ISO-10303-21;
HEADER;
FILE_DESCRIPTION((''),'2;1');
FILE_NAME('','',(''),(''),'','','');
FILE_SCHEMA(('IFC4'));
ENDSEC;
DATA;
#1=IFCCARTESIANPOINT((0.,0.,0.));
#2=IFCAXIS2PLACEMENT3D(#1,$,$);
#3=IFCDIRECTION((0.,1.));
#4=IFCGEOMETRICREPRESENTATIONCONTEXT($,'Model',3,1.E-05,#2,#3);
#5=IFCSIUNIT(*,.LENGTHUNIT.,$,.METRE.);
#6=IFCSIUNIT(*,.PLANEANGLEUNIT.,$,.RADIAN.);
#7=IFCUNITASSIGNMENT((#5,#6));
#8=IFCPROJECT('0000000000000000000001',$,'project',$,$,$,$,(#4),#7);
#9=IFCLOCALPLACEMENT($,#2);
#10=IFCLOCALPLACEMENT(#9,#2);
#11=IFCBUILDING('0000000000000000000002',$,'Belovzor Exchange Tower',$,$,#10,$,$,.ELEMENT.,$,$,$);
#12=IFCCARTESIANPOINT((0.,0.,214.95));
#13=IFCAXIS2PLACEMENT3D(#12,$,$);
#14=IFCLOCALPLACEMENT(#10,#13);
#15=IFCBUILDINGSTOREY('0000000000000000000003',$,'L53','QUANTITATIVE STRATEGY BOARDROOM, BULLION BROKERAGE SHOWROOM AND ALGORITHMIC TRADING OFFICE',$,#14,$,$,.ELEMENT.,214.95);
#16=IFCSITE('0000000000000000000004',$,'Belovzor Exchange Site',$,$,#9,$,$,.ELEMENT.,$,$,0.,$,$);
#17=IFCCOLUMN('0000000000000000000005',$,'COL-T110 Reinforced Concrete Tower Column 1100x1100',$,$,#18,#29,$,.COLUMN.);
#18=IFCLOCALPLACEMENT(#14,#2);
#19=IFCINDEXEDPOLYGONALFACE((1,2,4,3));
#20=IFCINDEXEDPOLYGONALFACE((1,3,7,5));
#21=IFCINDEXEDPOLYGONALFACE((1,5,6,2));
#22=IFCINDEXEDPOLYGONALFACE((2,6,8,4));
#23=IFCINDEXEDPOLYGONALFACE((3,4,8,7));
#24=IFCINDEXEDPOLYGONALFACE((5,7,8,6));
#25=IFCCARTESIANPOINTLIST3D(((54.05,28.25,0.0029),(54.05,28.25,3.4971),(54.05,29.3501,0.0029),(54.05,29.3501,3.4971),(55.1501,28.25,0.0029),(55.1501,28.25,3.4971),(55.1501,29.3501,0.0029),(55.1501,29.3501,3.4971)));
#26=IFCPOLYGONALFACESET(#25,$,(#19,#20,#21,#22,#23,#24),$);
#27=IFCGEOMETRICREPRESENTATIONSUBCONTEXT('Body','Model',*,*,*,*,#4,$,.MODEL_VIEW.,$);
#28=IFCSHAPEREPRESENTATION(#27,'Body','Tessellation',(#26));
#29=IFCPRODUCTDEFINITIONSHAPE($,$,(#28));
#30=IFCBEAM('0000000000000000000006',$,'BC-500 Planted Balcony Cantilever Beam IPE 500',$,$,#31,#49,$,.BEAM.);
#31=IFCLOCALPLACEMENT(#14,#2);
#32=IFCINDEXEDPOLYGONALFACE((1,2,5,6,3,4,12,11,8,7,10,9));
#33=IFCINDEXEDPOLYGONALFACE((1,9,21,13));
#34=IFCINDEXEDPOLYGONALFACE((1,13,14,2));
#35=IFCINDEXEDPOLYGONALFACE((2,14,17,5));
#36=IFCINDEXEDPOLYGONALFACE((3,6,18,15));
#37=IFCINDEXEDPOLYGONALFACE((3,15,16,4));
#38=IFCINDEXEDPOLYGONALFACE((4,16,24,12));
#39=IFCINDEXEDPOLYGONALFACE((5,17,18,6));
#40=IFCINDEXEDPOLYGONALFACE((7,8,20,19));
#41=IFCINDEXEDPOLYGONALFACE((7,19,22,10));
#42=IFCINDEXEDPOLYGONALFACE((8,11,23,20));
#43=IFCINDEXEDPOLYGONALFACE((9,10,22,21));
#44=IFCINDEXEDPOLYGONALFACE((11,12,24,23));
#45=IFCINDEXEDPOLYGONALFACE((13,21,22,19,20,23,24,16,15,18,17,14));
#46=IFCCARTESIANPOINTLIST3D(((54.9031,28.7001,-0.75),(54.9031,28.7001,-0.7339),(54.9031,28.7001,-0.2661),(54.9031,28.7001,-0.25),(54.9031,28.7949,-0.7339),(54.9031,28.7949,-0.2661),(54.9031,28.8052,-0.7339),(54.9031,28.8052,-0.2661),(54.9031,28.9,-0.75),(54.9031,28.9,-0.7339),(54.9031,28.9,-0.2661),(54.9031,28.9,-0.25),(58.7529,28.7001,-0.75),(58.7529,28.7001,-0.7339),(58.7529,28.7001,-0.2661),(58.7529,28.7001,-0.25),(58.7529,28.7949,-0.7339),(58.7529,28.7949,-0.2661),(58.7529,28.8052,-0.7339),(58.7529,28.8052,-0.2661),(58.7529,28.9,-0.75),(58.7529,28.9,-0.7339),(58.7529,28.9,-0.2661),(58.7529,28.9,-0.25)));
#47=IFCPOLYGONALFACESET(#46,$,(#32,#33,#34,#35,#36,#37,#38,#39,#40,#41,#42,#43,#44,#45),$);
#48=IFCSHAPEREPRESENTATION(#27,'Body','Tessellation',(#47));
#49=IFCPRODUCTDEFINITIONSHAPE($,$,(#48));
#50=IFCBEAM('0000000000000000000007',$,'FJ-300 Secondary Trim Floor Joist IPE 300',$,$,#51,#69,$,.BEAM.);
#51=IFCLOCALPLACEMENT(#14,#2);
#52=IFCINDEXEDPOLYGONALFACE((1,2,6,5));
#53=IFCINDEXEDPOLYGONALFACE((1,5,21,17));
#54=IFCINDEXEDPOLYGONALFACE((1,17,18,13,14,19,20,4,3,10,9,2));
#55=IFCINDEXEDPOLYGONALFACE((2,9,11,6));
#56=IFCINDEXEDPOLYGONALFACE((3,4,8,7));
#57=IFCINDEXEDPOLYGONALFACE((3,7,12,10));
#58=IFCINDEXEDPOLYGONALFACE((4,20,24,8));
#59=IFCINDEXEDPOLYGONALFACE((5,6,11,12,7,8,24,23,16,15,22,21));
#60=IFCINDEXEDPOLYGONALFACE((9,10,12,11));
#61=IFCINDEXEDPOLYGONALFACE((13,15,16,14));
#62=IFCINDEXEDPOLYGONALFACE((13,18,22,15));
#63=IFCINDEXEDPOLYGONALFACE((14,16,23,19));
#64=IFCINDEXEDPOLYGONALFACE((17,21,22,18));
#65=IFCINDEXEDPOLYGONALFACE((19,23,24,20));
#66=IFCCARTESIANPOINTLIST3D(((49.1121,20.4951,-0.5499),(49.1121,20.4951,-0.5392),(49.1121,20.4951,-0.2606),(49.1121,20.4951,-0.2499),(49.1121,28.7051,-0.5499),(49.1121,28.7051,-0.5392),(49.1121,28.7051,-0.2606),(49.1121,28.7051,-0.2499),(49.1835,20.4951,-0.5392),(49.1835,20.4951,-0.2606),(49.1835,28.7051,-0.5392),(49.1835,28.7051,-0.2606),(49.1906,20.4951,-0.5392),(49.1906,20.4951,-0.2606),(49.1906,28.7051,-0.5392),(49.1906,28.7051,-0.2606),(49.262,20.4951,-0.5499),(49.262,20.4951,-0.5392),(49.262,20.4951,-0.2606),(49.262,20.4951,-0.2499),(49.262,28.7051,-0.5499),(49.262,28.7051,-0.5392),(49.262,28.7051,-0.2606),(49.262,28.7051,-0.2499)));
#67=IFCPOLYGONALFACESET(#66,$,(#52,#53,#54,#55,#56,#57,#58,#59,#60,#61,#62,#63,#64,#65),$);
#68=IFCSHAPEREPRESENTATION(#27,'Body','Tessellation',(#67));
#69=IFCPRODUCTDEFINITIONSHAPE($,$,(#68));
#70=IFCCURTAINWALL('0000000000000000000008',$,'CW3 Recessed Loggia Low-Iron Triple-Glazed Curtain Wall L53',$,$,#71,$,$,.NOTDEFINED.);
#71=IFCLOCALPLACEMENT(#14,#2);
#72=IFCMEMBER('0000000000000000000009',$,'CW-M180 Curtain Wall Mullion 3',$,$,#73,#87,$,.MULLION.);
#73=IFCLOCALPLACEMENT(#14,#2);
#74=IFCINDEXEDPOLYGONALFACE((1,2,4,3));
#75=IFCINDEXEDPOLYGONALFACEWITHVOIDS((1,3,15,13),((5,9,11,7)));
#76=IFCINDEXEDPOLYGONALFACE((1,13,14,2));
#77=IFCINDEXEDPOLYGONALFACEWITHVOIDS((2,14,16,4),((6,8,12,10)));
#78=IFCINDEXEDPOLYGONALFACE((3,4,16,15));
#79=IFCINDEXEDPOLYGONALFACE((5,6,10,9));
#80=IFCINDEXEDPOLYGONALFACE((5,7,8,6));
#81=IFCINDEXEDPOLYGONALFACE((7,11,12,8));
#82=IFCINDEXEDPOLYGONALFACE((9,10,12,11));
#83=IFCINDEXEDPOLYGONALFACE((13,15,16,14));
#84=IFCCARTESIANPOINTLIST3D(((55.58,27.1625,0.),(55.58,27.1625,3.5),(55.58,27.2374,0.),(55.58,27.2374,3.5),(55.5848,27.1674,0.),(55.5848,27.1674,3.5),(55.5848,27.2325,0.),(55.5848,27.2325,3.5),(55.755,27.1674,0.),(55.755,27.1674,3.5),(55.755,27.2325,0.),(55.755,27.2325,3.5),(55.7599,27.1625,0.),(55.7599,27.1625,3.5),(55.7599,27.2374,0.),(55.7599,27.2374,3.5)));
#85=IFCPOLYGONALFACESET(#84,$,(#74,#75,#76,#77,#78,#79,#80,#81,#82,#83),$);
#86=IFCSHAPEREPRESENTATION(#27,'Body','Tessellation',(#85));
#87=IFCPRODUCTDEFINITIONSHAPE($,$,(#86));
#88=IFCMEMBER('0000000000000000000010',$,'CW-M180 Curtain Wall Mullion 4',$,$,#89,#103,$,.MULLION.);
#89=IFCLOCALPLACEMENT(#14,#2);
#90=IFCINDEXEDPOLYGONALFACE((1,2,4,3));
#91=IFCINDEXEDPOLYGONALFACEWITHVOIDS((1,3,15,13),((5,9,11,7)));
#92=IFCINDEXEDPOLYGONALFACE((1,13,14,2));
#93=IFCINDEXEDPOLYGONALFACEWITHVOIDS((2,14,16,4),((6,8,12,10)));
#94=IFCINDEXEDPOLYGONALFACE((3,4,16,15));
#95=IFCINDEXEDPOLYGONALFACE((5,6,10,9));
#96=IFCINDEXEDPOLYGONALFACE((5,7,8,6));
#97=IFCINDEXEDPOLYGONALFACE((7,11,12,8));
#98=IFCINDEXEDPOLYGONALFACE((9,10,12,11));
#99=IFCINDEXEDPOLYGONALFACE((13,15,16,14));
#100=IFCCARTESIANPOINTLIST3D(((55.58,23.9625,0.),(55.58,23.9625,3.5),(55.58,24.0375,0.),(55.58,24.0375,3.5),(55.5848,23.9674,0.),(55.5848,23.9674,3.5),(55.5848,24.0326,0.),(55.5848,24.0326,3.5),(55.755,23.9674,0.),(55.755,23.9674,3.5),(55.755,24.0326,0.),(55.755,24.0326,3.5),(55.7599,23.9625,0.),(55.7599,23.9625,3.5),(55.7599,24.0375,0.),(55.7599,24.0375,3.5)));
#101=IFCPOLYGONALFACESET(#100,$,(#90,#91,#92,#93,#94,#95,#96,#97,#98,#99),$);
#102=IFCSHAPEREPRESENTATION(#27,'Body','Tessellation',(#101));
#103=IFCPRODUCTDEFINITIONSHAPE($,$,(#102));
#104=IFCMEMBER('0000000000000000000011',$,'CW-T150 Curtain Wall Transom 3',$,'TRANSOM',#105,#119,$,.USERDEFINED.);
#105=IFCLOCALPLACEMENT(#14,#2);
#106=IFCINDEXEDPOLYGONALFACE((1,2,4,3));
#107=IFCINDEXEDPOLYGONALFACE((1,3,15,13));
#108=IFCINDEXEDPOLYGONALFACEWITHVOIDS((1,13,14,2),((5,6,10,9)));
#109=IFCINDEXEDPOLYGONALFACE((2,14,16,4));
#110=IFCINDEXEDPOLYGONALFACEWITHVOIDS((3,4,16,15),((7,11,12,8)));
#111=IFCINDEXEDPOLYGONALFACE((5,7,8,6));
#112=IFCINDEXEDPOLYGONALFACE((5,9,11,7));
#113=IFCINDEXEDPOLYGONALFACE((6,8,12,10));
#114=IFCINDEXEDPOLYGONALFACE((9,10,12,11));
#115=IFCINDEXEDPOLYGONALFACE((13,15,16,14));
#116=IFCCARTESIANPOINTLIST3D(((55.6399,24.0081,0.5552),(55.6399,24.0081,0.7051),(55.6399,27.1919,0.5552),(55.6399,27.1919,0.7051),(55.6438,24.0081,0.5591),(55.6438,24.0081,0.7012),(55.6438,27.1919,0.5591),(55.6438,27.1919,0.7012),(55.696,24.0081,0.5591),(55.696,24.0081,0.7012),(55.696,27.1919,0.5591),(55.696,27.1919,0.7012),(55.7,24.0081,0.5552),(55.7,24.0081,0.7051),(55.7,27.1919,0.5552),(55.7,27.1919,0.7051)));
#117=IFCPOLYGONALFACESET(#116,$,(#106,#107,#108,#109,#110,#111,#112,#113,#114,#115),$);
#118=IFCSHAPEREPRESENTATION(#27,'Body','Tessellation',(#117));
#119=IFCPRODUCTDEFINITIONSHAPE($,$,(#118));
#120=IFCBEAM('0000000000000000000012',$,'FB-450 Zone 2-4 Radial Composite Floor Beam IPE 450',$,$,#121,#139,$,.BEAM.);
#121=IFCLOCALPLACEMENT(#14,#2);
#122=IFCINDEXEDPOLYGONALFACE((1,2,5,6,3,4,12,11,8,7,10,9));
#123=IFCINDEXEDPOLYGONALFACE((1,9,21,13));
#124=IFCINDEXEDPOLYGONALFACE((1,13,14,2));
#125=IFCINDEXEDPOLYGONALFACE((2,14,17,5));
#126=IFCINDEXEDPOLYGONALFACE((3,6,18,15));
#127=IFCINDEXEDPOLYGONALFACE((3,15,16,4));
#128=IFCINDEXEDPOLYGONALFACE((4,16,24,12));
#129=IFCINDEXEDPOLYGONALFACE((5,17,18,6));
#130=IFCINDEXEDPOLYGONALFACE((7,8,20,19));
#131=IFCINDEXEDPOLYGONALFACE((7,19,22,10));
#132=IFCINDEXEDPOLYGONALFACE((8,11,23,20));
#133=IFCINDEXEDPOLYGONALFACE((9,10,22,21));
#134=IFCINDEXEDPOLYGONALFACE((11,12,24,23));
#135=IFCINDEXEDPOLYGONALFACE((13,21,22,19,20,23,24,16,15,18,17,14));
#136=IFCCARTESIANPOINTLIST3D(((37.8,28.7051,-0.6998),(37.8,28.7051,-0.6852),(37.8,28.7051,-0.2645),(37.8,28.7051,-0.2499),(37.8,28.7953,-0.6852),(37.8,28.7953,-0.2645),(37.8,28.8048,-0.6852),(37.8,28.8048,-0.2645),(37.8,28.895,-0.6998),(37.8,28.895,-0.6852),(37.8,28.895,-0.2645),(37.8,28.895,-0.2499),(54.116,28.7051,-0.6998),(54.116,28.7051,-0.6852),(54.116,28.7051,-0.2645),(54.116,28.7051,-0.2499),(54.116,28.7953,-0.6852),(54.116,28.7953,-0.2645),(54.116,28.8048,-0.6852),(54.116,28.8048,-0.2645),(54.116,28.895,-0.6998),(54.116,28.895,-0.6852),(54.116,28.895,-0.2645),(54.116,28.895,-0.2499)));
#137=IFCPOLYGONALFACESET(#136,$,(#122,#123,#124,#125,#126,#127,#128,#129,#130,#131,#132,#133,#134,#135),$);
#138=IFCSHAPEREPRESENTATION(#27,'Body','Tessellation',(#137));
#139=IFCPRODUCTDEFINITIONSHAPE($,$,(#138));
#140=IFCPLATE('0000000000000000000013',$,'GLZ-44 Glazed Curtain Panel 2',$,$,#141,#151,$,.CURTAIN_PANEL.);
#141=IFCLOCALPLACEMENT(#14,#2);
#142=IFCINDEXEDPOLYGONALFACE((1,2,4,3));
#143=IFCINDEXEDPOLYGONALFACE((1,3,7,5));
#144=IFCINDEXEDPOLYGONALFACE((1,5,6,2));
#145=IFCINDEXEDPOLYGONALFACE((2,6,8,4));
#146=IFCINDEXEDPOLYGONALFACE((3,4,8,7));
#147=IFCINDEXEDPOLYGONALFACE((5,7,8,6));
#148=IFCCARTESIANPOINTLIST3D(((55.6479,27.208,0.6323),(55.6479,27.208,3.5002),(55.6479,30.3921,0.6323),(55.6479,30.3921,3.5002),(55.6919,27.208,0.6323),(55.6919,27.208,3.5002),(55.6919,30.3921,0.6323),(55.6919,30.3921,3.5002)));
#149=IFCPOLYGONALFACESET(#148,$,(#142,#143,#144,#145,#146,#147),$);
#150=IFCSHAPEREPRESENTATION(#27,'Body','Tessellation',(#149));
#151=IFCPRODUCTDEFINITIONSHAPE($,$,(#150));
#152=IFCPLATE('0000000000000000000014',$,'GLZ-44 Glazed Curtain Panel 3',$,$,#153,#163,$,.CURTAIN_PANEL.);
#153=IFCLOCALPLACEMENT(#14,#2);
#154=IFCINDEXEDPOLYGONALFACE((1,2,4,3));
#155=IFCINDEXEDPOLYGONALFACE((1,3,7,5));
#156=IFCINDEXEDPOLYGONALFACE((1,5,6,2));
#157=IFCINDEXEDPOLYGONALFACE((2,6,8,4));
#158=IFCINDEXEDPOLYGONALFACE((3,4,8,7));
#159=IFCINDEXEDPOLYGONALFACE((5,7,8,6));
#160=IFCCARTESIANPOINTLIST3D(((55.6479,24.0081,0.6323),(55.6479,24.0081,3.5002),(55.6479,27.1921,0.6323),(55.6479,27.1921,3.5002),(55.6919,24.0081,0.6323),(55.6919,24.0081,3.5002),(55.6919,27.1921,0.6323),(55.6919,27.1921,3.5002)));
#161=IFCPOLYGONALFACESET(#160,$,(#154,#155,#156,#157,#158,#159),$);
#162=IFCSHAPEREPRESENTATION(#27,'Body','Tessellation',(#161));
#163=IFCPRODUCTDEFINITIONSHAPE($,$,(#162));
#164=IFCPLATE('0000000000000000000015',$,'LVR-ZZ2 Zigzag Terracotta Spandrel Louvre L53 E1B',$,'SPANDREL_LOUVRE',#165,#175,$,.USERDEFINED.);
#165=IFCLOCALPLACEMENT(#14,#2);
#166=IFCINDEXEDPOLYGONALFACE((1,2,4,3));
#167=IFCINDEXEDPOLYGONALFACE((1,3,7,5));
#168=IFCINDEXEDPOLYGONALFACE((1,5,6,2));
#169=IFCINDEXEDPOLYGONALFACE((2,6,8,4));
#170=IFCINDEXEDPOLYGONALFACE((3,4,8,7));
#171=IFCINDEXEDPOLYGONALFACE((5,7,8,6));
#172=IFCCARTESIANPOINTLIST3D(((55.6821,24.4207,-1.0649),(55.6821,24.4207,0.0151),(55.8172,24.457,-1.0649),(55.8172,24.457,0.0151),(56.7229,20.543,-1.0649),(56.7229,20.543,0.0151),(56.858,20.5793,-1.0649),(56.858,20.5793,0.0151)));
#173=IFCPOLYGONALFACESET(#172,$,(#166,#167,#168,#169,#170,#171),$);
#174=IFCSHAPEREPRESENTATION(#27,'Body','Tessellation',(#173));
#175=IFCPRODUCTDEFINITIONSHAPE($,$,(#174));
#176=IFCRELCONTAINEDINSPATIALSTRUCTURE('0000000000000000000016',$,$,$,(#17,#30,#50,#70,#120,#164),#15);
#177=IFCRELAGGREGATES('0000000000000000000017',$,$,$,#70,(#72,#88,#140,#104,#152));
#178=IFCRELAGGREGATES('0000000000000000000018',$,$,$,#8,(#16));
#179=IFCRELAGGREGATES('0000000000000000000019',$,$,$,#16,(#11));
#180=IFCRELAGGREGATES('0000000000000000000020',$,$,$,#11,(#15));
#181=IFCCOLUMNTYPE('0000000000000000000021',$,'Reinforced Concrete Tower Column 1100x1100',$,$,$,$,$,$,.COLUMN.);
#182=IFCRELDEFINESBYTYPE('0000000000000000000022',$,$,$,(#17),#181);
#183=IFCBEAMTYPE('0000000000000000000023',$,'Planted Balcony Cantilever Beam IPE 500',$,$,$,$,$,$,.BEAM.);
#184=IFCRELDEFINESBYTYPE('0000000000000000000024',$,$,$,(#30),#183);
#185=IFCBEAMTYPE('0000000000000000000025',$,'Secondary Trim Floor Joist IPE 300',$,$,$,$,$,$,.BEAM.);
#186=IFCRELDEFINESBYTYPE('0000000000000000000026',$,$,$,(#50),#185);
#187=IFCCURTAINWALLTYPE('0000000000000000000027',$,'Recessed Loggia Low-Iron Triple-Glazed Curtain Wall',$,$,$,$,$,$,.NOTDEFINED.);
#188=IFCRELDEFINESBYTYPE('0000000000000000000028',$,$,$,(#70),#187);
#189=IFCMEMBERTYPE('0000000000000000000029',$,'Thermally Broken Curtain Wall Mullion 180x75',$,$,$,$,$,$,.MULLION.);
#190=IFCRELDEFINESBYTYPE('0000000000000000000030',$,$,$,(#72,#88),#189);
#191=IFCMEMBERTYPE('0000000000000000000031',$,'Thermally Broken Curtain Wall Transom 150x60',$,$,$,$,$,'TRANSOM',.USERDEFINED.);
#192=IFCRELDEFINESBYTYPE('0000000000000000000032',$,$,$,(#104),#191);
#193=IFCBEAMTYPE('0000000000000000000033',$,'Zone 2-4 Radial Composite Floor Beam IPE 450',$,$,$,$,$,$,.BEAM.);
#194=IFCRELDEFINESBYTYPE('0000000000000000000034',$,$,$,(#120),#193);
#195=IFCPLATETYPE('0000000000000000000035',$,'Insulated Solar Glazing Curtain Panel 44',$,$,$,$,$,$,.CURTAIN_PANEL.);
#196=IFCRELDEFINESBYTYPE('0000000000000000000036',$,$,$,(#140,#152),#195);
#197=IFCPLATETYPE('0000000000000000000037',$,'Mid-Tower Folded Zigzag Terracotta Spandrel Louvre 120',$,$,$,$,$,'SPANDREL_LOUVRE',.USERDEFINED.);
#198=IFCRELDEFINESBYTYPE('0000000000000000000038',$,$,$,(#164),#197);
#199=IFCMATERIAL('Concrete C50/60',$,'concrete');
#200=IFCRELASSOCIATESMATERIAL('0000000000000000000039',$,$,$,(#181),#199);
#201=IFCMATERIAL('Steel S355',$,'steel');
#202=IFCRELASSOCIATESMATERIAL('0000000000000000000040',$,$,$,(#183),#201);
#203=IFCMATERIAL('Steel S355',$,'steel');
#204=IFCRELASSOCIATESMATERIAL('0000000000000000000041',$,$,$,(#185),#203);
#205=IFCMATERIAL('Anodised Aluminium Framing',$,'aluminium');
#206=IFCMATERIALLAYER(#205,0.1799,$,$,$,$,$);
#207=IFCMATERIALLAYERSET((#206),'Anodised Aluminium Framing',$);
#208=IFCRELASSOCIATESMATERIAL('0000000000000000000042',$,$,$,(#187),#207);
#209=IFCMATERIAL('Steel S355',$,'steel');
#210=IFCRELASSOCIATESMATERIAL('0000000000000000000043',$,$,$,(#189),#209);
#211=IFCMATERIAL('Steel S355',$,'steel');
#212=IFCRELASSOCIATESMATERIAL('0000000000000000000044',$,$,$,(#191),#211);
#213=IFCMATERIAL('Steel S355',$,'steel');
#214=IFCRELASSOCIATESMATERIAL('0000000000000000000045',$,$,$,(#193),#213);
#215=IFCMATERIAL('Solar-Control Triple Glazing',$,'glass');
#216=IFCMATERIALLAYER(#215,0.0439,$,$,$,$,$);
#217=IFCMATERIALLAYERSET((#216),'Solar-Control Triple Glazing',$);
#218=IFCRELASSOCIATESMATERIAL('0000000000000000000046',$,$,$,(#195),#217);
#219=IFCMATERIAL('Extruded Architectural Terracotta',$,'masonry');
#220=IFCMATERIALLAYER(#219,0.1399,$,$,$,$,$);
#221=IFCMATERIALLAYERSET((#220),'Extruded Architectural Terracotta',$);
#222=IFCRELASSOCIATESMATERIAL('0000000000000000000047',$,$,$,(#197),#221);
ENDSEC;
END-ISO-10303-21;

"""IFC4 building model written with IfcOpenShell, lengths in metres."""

from ifc_helpers import new_model, si_unit, direction, frame, origin, origin_2d, place, context, subcontext, project, spatial, rectangle, hollow_rectangle, i_section, extrude, material, layer, layer_set, material_profile, profile_set, type_object, element, aggregate, save


model = new_model("IFC4")

# Units and contexts
model_context = context("Model", 3, precision=1e-05, world=origin(), true_north=direction((0.0, 1.0)))
body_context = subcontext(model_context, "Body", "Model", "MODEL_VIEW")
ifc_project = project(units=[si_unit("LENGTHUNIT", "METRE"), si_unit("PLANEANGLEUNIT", "RADIAN")], contexts=[model_context])

# Site, building, storey
site_placement = place(None, origin())
site = spatial("IfcSite", under=ifc_project, at=site_placement, Name="Belovzor Exchange Site", CompositionType="ELEMENT", RefElevation=0.0)
building_placement = place(site_placement, origin())
building = spatial("IfcBuilding", under=site, at=building_placement, Name="Belovzor Exchange Tower", CompositionType="ELEMENT")
storey_placement = place(building_placement, frame((0.0, 0.0, 214.95)))
storey = spatial("IfcBuildingStorey", under=building, at=storey_placement, Name="L53", Description="QUANTITATIVE STRATEGY BOARDROOM, BULLION BROKERAGE SHOWROOM AND ALGORITHMIC TRADING OFFICE", CompositionType="ELEMENT", Elevation=214.95)

# Column
ifc_material_1 = material(Name="Concrete C50/60", Category="concrete")
ifc_material_profile_1 = material_profile(ifc_material_1, rectangle(XDim=1.1001, YDim=1.1001, at=origin_2d()))
ifc_profile_set_1 = profile_set([ifc_material_profile_1], Name="Concrete C50/60")
column_type = type_object("IfcColumnType", Name="Reinforced Concrete Tower Column 1100x1100", PredefinedType="COLUMN", material=ifc_profile_set_1)
column_placement = place(storey_placement, frame((54.6001, 28.8, 0.0029), z_axis=(0.0, 0.0, 1.0), x_axis=(1.0, 0.0, 0.0)))
element("IfcColumn", 1, at=column_placement, inside=storey, type_object=column_type, Name="COL-T110 Reinforced Concrete Tower Column 1100x1100", PredefinedType="COLUMN", context=body_context, shape_type="SweptSolid", body=[
    extrude(rectangle(XDim=1.1001, YDim=1.1001, at=origin_2d()), origin(), (0.0, 0.0, 1.0), 3.4941),
])

# Beams
ifc_material_2 = material(Name="Steel S355", Category="steel")
ifc_material_profile_2 = material_profile(ifc_material_2, i_section(OverallWidth=0.2, OverallDepth=0.5, WebThickness=0.0103, FlangeThickness=0.0161, at=origin_2d()))
ifc_profile_set_2 = profile_set([ifc_material_profile_2], Name="Steel S355")
beam_type_1 = type_object("IfcBeamType", Name="Planted Balcony Cantilever Beam IPE 500", PredefinedType="BEAM", material=ifc_profile_set_2)
beam_1_placement = place(storey_placement, frame((54.9031, 28.8, -0.5), z_axis=(1.0, 0.0, 0.0), x_axis=(0.0, 1.0, 0.0)))
element("IfcBeam", 2, at=beam_1_placement, inside=storey, type_object=beam_type_1, Name="BC-500 Planted Balcony Cantilever Beam IPE 500", PredefinedType="BEAM", context=body_context, shape_type="SweptSolid", body=[
    extrude(i_section(OverallWidth=0.2, OverallDepth=0.5, WebThickness=0.0103, FlangeThickness=0.0161, at=origin_2d()), origin(), (0.0, 0.0, 1.0), 3.8499),
])
ifc_material_3 = material(Name="Steel S355", Category="steel")
ifc_material_profile_3 = material_profile(ifc_material_3, i_section(OverallWidth=0.1499, OverallDepth=0.3, WebThickness=0.0071, FlangeThickness=0.0107, at=origin_2d()))
ifc_profile_set_3 = profile_set([ifc_material_profile_3], Name="Steel S355")
beam_type_2 = type_object("IfcBeamType", Name="Secondary Trim Floor Joist IPE 300", PredefinedType="BEAM", material=ifc_profile_set_3)
beam_2_placement = place(storey_placement, frame((49.187, 20.4951, -0.3999), z_axis=(0.0, 1.0, 0.0), x_axis=(-1.0, 0.0, 0.0)))
element("IfcBeam", 3, at=beam_2_placement, inside=storey, type_object=beam_type_2, Name="FJ-300 Secondary Trim Floor Joist IPE 300", PredefinedType="BEAM", context=body_context, shape_type="SweptSolid", body=[
    extrude(i_section(OverallWidth=0.1499, OverallDepth=0.3, WebThickness=0.0071, FlangeThickness=0.0107, at=origin_2d()), origin(), (0.0, 0.0, 1.0), 8.21),
])

# Curtain wall, members
ifc_material_4 = material(Name="Anodised Aluminium Framing", Category="aluminium")
ifc_layer_1 = layer(ifc_material_4, 0.1799)
ifc_layer_set_1 = layer_set([ifc_layer_1], Name="Anodised Aluminium Framing")
curtain_wall_type = type_object("IfcCurtainWallType", Name="Recessed Loggia Low-Iron Triple-Glazed Curtain Wall", PredefinedType="NOTDEFINED", material=ifc_layer_set_1)
curtain_wall_placement = place(storey_placement, origin())
curtain_wall = element("IfcCurtainWall", 4, at=curtain_wall_placement, inside=storey, type_object=curtain_wall_type, Name="CW3 Recessed Loggia Low-Iron Triple-Glazed Curtain Wall L53", PredefinedType="NOTDEFINED")
ifc_material_5 = material(Name="Steel S355", Category="steel")
ifc_material_profile_4 = material_profile(ifc_material_5, hollow_rectangle(XDim=0.075, YDim=0.1799, WallThickness=0.0049, at=origin_2d()))
ifc_profile_set_4 = profile_set([ifc_material_profile_4], Name="Steel S355")
member_type_1 = type_object("IfcMemberType", Name="Thermally Broken Curtain Wall Mullion 180x75", PredefinedType="MULLION", material=ifc_profile_set_4)
member_1_placement = place(storey_placement, frame((55.6699, 27.2, 0.0), z_axis=(0.0, 0.0, 1.0), x_axis=(0.0, -1.0, 0.0)))
member_1 = element("IfcMember", 5, at=member_1_placement, type_object=member_type_1, Name="CW-M180 Curtain Wall Mullion 3", PredefinedType="MULLION", context=body_context, shape_type="SweptSolid", body=[
    extrude(hollow_rectangle(XDim=0.075, YDim=0.1799, WallThickness=0.0049, at=origin_2d()), origin(), (0.0, 0.0, 1.0), 3.5),
])
member_2_placement = place(storey_placement, frame((55.6699, 24.0, 0.0), z_axis=(0.0, 0.0, 1.0), x_axis=(0.0, -1.0, 0.0)))
member_2 = element("IfcMember", 6, at=member_2_placement, type_object=member_type_1, Name="CW-M180 Curtain Wall Mullion 4", PredefinedType="MULLION", context=body_context, shape_type="SweptSolid", body=[
    extrude(hollow_rectangle(XDim=0.075, YDim=0.1799, WallThickness=0.0049, at=origin_2d()), origin(), (0.0, 0.0, 1.0), 3.5),
])
ifc_material_6 = material(Name="Steel S355", Category="steel")
ifc_material_profile_5 = material_profile(ifc_material_6, hollow_rectangle(XDim=0.0601, YDim=0.1499, WallThickness=0.0039, at=origin_2d()))
ifc_profile_set_5 = profile_set([ifc_material_profile_5], Name="Steel S355")
member_type_2 = type_object("IfcMemberType", Name="Thermally Broken Curtain Wall Transom 150x60", ElementType="TRANSOM", PredefinedType="USERDEFINED", material=ifc_profile_set_5)
member_3_placement = place(storey_placement, frame((55.6699, 27.1919, 0.6301), z_axis=(0.0, -1.0, 0.0), x_axis=(1.0, 0.0, 0.0)))
member_3 = element("IfcMember", 7, at=member_3_placement, type_object=member_type_2, Name="CW-T150 Curtain Wall Transom 3", ObjectType="TRANSOM", PredefinedType="USERDEFINED", context=body_context, shape_type="SweptSolid", body=[
    extrude(hollow_rectangle(XDim=0.0601, YDim=0.1499, WallThickness=0.0039, at=origin_2d()), origin(), (0.0, 0.0, 1.0), 3.1838),
])

# Beam
ifc_material_7 = material(Name="Steel S355", Category="steel")
ifc_material_profile_6 = material_profile(ifc_material_7, i_section(OverallWidth=0.1899, OverallDepth=0.45, WebThickness=0.0095, FlangeThickness=0.0146, at=origin_2d()))
ifc_profile_set_6 = profile_set([ifc_material_profile_6], Name="Steel S355")
beam_type_3 = type_object("IfcBeamType", Name="Zone 2-4 Radial Composite Floor Beam IPE 450", PredefinedType="BEAM", material=ifc_profile_set_6)
beam_3_placement = place(storey_placement, frame((37.8, 28.8, -0.4749), z_axis=(1.0, 0.0, 0.0), x_axis=(0.0, 1.0, 0.0)))
element("IfcBeam", 8, at=beam_3_placement, inside=storey, type_object=beam_type_3, Name="FB-450 Zone 2-4 Radial Composite Floor Beam IPE 450", PredefinedType="BEAM", context=body_context, shape_type="SweptSolid", body=[
    extrude(i_section(OverallWidth=0.1899, OverallDepth=0.45, WebThickness=0.0095, FlangeThickness=0.0146, at=origin_2d()), origin(), (0.0, 0.0, 1.0), 16.3159),
])

# Plates
ifc_material_8 = material(Name="Solar-Control Triple Glazing", Category="glass")
ifc_layer_2 = layer(ifc_material_8, 0.0439)
ifc_layer_set_2 = layer_set([ifc_layer_2], Name="Solar-Control Triple Glazing")
plate_type_1 = type_object("IfcPlateType", Name="Insulated Solar Glazing Curtain Panel 44", PredefinedType="CURTAIN_PANEL", material=ifc_layer_set_2)
plate_1_placement = place(storey_placement, frame((55.6699, 28.8, 0.6323), z_axis=(0.0, 0.0, 1.0), x_axis=(0.0, -1.0, 0.0)))
plate_1 = element("IfcPlate", 9, at=plate_1_placement, type_object=plate_type_1, Name="GLZ-44 Glazed Curtain Panel 2", PredefinedType="CURTAIN_PANEL", context=body_context, shape_type="SweptSolid", body=[
    extrude(rectangle(XDim=3.1841, YDim=0.0439, at=origin_2d()), origin(), (0.0, 0.0, 1.0), 2.8679),
])
plate_2_placement = place(storey_placement, frame((55.6699, 25.6001, 0.6323), z_axis=(0.0, 0.0, 1.0), x_axis=(0.0, -1.0, 0.0)))
plate_2 = element("IfcPlate", 10, at=plate_2_placement, type_object=plate_type_1, Name="GLZ-44 Glazed Curtain Panel 3", PredefinedType="CURTAIN_PANEL", context=body_context, shape_type="SweptSolid", body=[
    extrude(rectangle(XDim=3.1841, YDim=0.0439, at=origin_2d()), origin(), (0.0, 0.0, 1.0), 2.8679),
])
ifc_material_9 = material(Name="Extruded Architectural Terracotta", Category="masonry")
ifc_layer_3 = layer(ifc_material_9, 0.1399)
ifc_layer_set_3 = layer_set([ifc_layer_3], Name="Extruded Architectural Terracotta")
plate_type_2 = type_object("IfcPlateType", Name="Mid-Tower Folded Zigzag Terracotta Spandrel Louvre 120", ElementType="SPANDREL_LOUVRE", PredefinedType="USERDEFINED", material=ifc_layer_set_3)
plate_3_placement = place(storey_placement, frame((56.27, 22.5, -1.0649), z_axis=(0.0, 0.0, 1.0), x_axis=(-0.25924, 0.965813, 0.0)))
element("IfcPlate", 11, at=plate_3_placement, inside=storey, type_object=plate_type_2, Name="LVR-ZZ2 Zigzag Terracotta Spandrel Louvre L53 E1B", ObjectType="SPANDREL_LOUVRE", PredefinedType="USERDEFINED", context=body_context, shape_type="SweptSolid", body=[
    extrude(rectangle(XDim=4.0149, YDim=0.1399, at=origin_2d()), origin(), (0.0, 0.0, 1.0), 1.0801),
])
aggregate(curtain_wall, [member_1, member_2, plate_1, member_3, plate_2])

save(model, "model.ifc")
